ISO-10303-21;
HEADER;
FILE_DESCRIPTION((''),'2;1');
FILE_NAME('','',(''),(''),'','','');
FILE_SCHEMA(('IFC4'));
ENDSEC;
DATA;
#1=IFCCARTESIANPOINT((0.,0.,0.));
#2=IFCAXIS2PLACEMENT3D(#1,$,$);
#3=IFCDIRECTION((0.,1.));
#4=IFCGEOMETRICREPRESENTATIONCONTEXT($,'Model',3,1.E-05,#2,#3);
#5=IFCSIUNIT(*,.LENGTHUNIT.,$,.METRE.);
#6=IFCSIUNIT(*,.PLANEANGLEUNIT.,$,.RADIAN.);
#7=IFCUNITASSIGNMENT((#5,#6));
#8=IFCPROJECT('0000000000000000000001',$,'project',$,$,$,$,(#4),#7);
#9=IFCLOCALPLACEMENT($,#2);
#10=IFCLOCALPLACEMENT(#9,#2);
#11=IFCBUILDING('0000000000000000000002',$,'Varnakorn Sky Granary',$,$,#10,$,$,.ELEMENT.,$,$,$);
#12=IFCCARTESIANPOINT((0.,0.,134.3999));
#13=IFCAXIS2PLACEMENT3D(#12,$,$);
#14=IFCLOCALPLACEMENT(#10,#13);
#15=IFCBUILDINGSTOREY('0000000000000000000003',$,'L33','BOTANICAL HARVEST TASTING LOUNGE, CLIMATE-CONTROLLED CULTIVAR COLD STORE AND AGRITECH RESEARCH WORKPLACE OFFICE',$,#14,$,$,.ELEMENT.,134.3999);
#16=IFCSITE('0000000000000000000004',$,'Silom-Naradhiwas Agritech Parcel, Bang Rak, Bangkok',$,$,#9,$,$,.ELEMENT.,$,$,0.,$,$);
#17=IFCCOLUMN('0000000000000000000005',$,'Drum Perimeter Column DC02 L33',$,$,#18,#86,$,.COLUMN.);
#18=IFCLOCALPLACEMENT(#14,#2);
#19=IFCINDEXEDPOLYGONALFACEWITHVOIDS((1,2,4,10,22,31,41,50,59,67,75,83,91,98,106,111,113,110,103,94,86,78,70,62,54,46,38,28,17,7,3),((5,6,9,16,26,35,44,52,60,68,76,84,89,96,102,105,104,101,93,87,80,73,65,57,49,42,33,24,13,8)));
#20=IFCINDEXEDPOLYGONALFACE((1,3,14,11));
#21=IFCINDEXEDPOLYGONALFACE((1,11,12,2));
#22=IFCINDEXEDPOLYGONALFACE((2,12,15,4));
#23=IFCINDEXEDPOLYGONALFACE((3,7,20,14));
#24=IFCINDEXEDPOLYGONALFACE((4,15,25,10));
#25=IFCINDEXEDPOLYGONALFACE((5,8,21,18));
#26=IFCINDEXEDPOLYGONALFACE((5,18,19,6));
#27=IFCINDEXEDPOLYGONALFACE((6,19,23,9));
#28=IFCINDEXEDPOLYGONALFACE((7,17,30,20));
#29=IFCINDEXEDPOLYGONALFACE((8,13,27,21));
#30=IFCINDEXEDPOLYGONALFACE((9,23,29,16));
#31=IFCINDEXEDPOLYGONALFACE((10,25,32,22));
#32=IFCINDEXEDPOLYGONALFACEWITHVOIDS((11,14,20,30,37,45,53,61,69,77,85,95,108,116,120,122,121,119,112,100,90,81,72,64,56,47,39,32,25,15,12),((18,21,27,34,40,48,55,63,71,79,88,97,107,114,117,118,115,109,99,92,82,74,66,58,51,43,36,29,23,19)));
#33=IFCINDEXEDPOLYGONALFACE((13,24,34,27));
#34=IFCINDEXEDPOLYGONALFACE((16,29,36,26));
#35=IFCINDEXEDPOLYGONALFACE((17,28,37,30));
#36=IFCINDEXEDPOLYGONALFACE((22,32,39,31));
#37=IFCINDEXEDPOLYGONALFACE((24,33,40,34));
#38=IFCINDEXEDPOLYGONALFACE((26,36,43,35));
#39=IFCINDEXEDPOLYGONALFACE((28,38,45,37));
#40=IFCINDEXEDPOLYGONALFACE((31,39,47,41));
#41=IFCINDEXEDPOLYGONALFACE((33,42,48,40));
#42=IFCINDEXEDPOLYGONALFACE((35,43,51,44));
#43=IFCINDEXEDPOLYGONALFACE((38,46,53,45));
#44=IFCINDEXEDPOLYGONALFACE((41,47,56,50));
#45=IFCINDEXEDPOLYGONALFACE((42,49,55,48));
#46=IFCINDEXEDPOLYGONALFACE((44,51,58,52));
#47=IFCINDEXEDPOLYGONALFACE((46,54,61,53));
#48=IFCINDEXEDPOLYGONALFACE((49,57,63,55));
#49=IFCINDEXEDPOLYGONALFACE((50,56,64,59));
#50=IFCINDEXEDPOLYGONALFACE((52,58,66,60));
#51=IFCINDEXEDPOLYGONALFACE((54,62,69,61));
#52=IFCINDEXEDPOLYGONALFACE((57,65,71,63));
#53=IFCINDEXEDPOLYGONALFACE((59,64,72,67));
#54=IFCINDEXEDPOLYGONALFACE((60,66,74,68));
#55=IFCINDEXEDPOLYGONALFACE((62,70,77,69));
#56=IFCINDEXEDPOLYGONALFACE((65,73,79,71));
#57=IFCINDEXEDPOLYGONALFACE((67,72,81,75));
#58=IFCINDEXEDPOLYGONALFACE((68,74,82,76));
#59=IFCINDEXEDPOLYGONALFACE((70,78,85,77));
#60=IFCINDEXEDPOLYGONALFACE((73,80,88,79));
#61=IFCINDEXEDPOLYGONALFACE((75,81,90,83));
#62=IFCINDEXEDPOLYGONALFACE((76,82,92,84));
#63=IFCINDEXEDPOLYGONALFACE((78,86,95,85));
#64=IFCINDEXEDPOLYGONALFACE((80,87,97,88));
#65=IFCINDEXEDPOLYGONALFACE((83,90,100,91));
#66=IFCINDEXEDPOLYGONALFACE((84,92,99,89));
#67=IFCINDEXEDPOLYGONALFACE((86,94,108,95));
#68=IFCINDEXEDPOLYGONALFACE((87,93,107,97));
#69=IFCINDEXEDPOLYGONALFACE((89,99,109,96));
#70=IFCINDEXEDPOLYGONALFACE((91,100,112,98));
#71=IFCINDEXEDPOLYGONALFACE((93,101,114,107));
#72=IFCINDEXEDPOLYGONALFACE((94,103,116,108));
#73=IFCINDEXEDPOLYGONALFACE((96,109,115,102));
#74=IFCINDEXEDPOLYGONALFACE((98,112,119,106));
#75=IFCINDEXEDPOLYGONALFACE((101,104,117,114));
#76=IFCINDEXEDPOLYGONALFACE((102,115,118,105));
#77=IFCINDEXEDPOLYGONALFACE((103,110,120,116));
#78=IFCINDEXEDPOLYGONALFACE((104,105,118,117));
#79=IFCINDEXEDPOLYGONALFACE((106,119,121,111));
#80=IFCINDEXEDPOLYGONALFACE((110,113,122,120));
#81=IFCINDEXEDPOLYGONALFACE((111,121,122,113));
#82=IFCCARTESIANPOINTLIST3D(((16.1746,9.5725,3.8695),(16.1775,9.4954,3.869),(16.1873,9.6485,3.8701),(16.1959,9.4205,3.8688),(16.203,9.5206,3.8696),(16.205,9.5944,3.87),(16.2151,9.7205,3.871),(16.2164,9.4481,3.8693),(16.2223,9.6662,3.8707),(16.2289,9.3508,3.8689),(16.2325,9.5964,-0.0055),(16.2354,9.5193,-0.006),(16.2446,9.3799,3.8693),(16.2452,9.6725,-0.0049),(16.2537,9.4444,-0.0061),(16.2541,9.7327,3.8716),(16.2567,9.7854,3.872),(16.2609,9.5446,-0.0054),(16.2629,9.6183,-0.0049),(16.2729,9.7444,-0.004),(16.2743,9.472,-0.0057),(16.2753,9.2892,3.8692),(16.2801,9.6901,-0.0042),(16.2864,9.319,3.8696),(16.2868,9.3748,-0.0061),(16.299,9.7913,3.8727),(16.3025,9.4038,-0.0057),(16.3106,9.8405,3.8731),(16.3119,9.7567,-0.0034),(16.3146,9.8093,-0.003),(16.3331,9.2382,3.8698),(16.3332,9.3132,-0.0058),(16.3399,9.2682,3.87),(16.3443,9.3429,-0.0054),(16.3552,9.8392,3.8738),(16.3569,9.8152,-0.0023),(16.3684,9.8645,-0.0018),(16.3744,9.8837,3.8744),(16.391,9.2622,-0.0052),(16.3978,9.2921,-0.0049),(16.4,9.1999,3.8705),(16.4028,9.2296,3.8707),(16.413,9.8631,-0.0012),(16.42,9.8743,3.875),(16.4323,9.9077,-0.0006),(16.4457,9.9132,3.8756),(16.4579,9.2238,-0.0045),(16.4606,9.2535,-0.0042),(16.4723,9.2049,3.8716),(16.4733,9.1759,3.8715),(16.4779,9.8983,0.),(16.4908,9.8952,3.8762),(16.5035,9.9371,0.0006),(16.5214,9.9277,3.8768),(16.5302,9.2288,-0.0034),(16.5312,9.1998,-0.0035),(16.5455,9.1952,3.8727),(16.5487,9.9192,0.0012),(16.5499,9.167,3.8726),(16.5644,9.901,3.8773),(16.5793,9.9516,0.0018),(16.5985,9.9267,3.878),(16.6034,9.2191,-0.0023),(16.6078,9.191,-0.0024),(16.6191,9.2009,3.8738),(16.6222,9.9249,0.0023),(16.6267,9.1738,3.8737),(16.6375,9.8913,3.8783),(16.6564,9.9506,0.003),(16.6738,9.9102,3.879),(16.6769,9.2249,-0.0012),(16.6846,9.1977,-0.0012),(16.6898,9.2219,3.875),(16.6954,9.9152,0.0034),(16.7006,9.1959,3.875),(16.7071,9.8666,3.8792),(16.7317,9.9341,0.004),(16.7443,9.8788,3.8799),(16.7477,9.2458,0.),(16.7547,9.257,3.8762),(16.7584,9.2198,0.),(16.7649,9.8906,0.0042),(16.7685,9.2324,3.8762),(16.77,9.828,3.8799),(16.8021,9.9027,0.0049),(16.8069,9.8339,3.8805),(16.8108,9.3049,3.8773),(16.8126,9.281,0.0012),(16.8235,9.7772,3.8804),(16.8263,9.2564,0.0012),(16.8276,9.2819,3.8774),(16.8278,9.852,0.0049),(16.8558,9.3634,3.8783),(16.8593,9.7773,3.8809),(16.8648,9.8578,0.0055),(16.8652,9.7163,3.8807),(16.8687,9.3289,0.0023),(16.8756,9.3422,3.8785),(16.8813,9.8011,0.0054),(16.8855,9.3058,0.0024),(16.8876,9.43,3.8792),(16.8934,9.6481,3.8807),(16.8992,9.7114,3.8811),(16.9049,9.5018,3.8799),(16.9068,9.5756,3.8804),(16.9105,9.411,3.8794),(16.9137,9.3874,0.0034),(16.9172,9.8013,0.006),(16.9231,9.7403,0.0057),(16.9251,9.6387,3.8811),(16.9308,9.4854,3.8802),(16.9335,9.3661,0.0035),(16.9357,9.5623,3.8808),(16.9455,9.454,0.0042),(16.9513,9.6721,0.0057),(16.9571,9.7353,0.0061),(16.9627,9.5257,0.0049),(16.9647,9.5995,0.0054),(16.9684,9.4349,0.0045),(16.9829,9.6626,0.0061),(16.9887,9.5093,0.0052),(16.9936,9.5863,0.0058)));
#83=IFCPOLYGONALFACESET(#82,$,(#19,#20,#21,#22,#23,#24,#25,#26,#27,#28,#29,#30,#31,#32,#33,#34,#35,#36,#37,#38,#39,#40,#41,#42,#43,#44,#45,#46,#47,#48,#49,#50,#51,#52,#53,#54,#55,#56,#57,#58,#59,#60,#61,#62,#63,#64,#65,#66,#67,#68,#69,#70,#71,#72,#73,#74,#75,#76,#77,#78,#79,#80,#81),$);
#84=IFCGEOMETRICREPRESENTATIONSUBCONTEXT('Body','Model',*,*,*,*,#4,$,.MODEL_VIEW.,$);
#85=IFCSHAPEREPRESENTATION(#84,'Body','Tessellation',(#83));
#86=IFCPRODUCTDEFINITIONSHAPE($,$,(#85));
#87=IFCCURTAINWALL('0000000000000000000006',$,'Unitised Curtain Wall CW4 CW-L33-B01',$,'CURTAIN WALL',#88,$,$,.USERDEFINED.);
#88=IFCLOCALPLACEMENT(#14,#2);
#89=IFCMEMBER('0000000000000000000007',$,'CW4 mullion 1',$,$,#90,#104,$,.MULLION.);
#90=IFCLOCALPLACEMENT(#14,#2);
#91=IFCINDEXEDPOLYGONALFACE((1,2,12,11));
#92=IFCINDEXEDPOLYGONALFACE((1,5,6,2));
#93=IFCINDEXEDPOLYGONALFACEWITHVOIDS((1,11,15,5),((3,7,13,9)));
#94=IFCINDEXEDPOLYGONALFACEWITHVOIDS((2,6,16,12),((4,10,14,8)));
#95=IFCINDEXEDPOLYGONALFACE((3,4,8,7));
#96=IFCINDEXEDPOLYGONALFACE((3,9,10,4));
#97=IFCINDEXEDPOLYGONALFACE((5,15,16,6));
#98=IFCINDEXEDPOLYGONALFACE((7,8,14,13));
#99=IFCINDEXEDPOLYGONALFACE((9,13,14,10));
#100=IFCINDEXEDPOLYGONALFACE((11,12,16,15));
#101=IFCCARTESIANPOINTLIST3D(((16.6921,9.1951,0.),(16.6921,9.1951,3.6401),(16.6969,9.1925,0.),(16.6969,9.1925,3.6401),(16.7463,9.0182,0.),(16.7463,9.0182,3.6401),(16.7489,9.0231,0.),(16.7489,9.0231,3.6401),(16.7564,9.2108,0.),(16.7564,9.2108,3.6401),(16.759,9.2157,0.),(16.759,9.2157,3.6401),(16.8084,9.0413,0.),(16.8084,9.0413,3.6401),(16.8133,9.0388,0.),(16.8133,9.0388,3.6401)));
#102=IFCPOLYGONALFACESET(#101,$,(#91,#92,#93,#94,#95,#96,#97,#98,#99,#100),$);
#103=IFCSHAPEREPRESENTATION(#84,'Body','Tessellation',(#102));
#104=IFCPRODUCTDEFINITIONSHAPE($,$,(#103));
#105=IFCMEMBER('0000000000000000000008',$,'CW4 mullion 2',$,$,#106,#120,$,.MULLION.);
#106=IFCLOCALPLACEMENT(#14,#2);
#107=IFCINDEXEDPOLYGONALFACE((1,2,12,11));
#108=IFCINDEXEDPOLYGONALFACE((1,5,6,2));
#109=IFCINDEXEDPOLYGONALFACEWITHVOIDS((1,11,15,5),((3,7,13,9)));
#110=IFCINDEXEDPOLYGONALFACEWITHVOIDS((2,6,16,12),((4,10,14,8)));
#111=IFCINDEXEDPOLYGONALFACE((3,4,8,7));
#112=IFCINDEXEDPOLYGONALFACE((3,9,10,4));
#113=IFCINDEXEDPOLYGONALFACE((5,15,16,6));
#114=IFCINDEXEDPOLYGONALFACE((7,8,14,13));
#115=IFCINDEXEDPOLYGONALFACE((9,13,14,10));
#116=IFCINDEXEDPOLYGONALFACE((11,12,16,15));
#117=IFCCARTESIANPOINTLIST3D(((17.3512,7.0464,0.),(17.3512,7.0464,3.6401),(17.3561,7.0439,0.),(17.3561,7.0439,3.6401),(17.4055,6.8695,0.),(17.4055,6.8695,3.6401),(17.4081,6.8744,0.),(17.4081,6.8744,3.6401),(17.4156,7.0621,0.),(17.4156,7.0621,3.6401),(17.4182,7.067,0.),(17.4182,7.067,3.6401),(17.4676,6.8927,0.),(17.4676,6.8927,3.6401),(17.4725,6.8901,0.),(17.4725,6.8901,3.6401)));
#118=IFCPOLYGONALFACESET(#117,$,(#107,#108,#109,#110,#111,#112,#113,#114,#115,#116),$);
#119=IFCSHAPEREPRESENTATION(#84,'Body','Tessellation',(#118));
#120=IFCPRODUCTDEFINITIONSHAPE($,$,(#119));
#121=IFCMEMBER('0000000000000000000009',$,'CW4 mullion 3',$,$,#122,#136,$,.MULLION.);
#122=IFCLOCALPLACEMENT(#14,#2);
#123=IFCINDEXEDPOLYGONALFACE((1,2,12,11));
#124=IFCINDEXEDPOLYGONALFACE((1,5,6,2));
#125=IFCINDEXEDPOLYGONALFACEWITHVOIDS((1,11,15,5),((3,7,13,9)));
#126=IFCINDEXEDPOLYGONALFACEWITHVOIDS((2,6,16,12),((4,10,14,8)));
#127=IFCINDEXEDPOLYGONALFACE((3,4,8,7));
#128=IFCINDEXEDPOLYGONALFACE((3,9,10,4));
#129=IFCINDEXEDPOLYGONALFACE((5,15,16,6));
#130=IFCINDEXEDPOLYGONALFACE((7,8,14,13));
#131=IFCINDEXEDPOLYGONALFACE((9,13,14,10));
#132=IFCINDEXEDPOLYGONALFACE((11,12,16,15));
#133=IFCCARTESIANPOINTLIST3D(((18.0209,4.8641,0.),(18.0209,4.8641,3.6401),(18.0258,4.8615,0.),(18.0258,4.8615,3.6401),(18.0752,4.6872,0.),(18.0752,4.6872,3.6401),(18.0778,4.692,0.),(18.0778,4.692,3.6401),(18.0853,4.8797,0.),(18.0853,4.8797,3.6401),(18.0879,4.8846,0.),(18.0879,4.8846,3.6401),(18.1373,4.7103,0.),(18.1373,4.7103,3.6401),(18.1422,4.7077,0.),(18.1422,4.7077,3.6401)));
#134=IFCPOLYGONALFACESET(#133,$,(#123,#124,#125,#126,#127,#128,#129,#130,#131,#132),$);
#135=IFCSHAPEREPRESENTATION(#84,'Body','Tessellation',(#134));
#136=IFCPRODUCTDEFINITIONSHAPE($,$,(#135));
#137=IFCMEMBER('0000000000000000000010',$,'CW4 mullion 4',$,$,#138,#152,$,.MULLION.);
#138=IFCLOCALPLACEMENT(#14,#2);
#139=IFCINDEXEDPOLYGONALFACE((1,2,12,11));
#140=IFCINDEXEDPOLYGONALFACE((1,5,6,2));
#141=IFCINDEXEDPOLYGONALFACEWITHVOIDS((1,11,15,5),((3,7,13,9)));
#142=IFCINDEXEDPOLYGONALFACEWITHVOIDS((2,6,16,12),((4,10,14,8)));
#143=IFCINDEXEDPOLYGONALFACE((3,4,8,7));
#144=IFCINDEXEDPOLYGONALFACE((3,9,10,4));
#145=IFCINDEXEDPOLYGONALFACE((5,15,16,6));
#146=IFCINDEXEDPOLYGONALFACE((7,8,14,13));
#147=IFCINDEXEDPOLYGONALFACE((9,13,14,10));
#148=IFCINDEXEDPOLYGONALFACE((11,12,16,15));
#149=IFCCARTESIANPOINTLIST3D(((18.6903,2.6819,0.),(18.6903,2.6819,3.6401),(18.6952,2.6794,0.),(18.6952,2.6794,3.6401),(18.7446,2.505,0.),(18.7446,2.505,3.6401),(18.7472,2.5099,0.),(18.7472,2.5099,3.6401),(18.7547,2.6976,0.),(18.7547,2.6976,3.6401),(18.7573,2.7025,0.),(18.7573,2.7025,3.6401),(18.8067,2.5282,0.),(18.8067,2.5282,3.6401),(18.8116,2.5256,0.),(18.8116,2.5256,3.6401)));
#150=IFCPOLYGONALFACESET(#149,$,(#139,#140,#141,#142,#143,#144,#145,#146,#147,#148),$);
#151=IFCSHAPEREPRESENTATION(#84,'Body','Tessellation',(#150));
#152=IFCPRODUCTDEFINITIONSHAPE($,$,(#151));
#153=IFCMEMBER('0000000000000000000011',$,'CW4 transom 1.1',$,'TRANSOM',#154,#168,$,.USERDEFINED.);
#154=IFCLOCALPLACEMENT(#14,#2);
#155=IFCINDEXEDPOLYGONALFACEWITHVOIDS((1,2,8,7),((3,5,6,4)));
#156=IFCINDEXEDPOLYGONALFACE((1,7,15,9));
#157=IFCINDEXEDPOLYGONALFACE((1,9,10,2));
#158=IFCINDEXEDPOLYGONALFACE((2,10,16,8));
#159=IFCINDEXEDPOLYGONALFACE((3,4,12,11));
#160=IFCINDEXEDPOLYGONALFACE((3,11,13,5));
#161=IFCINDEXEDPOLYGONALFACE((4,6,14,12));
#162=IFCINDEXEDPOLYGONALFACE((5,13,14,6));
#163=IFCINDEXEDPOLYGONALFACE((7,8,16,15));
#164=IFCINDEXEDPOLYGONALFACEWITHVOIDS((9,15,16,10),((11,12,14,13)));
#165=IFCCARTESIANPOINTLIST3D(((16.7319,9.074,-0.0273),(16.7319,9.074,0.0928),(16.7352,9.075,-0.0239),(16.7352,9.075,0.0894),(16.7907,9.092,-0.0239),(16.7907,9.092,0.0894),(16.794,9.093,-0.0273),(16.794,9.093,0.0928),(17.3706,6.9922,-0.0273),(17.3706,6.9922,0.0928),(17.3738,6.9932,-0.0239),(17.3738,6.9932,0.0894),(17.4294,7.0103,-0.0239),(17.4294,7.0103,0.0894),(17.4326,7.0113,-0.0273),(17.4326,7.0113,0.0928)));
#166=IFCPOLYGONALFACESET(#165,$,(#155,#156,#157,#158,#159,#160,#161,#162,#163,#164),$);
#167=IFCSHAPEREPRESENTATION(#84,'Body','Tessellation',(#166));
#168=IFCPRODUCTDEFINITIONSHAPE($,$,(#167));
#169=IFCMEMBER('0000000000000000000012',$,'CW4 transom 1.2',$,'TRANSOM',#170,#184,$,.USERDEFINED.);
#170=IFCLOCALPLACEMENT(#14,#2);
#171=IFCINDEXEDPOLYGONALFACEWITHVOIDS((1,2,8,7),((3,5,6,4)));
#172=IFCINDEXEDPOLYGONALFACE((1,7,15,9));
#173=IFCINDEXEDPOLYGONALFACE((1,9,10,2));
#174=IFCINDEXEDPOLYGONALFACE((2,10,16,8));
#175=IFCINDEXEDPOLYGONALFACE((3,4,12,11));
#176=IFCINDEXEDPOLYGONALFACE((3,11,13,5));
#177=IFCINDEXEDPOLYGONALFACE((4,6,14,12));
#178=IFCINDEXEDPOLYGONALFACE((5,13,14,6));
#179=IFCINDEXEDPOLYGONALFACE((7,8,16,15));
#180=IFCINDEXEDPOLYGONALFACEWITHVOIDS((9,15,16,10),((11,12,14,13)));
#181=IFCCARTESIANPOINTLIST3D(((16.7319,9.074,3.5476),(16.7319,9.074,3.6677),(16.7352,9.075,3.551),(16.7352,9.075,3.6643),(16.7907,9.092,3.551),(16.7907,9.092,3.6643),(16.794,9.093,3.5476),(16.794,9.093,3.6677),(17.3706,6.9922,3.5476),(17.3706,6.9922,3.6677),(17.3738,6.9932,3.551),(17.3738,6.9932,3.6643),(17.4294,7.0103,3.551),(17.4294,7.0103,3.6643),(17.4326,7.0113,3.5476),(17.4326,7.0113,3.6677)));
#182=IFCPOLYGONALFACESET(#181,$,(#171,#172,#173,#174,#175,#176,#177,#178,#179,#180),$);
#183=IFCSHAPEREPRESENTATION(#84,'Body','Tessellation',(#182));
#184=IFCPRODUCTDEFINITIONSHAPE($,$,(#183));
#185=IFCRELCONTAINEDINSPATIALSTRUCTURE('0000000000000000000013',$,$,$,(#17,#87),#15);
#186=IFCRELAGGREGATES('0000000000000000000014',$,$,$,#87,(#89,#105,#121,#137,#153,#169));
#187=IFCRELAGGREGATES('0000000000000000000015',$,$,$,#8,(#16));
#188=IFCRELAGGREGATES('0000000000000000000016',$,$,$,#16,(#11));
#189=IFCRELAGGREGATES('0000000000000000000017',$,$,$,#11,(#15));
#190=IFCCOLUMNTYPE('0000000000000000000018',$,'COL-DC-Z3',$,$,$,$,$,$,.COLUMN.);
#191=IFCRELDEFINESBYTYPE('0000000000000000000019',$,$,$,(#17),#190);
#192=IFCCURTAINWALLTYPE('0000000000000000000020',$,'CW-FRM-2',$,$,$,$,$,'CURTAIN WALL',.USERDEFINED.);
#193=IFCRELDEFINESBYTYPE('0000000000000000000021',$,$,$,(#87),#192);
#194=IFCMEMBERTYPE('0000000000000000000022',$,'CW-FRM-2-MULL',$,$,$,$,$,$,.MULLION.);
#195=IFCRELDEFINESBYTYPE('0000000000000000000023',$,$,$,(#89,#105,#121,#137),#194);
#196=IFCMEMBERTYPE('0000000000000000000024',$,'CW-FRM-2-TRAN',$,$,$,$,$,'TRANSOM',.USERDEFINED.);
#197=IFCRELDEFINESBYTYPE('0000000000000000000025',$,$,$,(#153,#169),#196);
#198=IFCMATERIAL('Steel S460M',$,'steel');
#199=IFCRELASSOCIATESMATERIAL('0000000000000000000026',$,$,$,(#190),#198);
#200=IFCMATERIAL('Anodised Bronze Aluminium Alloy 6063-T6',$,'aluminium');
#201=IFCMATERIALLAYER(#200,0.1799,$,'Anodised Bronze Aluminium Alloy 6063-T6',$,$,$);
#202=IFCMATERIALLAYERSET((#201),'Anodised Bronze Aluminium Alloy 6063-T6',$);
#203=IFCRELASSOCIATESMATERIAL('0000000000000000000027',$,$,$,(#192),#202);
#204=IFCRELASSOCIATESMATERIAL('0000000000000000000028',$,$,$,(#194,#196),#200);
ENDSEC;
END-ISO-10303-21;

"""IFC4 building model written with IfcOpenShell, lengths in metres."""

from ifc_helpers import new_model, si_unit, direction, frame, origin, origin_2d, place, context, subcontext, project, spatial, hollow_rectangle, hollow_circle, extrude, material, layer, layer_set, material_profile, profile_set, type_object, element, aggregate, save


model = new_model("IFC4")

# Units and contexts
model_context = context("Model", 3, precision=1e-05, world=origin(), true_north=direction((0.0, 1.0)))
body_context = subcontext(model_context, "Body", "Model", "MODEL_VIEW")
ifc_project = project(units=[si_unit("LENGTHUNIT", "METRE"), si_unit("PLANEANGLEUNIT", "RADIAN")], contexts=[model_context])

# Site, building, storey
site_placement = place(None, origin())
site = spatial("IfcSite", under=ifc_project, at=site_placement, Name="Silom-Naradhiwas Agritech Parcel, Bang Rak, Bangkok", CompositionType="ELEMENT", RefElevation=0.0)
building_placement = place(site_placement, origin())
building = spatial("IfcBuilding", under=site, at=building_placement, Name="Varnakorn Sky Granary", CompositionType="ELEMENT")
storey_placement = place(building_placement, frame((0.0, 0.0, 134.3999)))
storey = spatial("IfcBuildingStorey", under=building, at=storey_placement, Name="L33", Description="BOTANICAL HARVEST TASTING LOUNGE, CLIMATE-CONTROLLED CULTIVAR COLD STORE AND AGRITECH RESEARCH WORKPLACE OFFICE", CompositionType="ELEMENT", Elevation=134.3999)

# Column
ifc_material_1 = material(Name="Steel S460M", Category="steel")
ifc_material_profile_1 = material_profile(ifc_material_1, hollow_circle(Radius=0.3811, WallThickness=0.0281, at=origin_2d()), Name="CHS 762x28")
ifc_profile_set_1 = profile_set([ifc_material_profile_1], Name="Steel S460M")
column_type = type_object("IfcColumnType", Name="COL-DC-Z3", PredefinedType="COLUMN", material=ifc_profile_set_1)
column_placement = place(storey_placement, frame((16.6128, 9.572, 0.0), z_axis=(-0.01493, -0.006174, 0.999869), x_axis=(0.382122, -0.924112, 0.0)))
element("IfcColumn", 1, at=column_placement, inside=storey, type_object=column_type, Name="Drum Perimeter Column DC02 L33", PredefinedType="COLUMN", context=body_context, shape_type="SweptSolid", body=[
    extrude(hollow_circle(Radius=0.3811, WallThickness=0.0281, at=origin_2d()), origin(), (0.0, 0.0, 1.0), 3.8755),
])

# Curtain wall, members
ifc_material_2 = material(Name="Anodised Bronze Aluminium Alloy 6063-T6", Category="aluminium")
ifc_layer_1 = layer(ifc_material_2, 0.1799, Name="Anodised Bronze Aluminium Alloy 6063-T6")
ifc_layer_set_1 = layer_set([ifc_layer_1], Name="Anodised Bronze Aluminium Alloy 6063-T6")
curtain_wall_type = type_object("IfcCurtainWallType", Name="CW-FRM-2", ElementType="CURTAIN WALL", PredefinedType="USERDEFINED", material=ifc_layer_set_1)
curtain_wall_placement = place(storey_placement, origin())
curtain_wall = element("IfcCurtainWall", 2, at=curtain_wall_placement, inside=storey, type_object=curtain_wall_type, Name="Unitised Curtain Wall CW4 CW-L33-B01", ObjectType="CURTAIN WALL", PredefinedType="USERDEFINED")
ifc_material_profile_2 = material_profile(ifc_material_2, hollow_rectangle(XDim=0.0701, YDim=0.1851, WallThickness=0.0039, at=origin_2d()), Name="ALU MULL 70x185")
ifc_profile_set_2 = profile_set([ifc_material_profile_2], Name="Anodised Bronze Aluminium Alloy 6063-T6")
member_type_1 = type_object("IfcMemberType", Name="CW-FRM-2-MULL", PredefinedType="MULLION", material=ifc_profile_set_2)
member_1_placement = place(storey_placement, frame((16.7527, 9.1169, 0.0), z_axis=(0.0, 0.0, 1.0), x_axis=(0.956009, 0.293337, 0.0)))
member_1 = element("IfcMember", 3, at=member_1_placement, type_object=member_type_1, Name="CW4 mullion 1", PredefinedType="MULLION", context=body_context, shape_type="SweptSolid", body=[
    extrude(hollow_rectangle(XDim=0.0701, YDim=0.1851, WallThickness=0.0039, at=origin_2d()), origin(), (0.0, 0.0, 1.0), 3.6401),
])
member_2_placement = place(storey_placement, frame((17.4119, 6.9683, 0.0), z_axis=(0.0, 0.0, 1.0), x_axis=(0.956009, 0.293337, 0.0)))
member_2 = element("IfcMember", 4, at=member_2_placement, type_object=member_type_1, Name="CW4 mullion 2", PredefinedType="MULLION", context=body_context, shape_type="SweptSolid", body=[
    extrude(hollow_rectangle(XDim=0.0701, YDim=0.1851, WallThickness=0.0039, at=origin_2d()), origin(), (0.0, 0.0, 1.0), 3.6401),
])
member_3_placement = place(storey_placement, frame((18.0815, 4.7859, 0.0), z_axis=(0.0, 0.0, 1.0), x_axis=(0.956009, 0.293337, 0.0)))
member_3 = element("IfcMember", 5, at=member_3_placement, type_object=member_type_1, Name="CW4 mullion 3", PredefinedType="MULLION", context=body_context, shape_type="SweptSolid", body=[
    extrude(hollow_rectangle(XDim=0.0701, YDim=0.1851, WallThickness=0.0039, at=origin_2d()), origin(), (0.0, 0.0, 1.0), 3.6401),
])
member_4_placement = place(storey_placement, frame((18.751, 2.6038, 0.0), z_axis=(0.0, 0.0, 1.0), x_axis=(0.956009, 0.293337, 0.0)))
member_4 = element("IfcMember", 6, at=member_4_placement, type_object=member_type_1, Name="CW4 mullion 4", PredefinedType="MULLION", context=body_context, shape_type="SweptSolid", body=[
    extrude(hollow_rectangle(XDim=0.0701, YDim=0.1851, WallThickness=0.0039, at=origin_2d()), origin(), (0.0, 0.0, 1.0), 3.6401),
])
ifc_material_profile_3 = material_profile(ifc_material_2, hollow_rectangle(XDim=0.0649, YDim=0.1201, WallThickness=0.0034, at=origin_2d()), Name="ALU TRAN 65x120")
ifc_profile_set_3 = profile_set([ifc_material_profile_3], Name="Anodised Bronze Aluminium Alloy 6063-T6")
member_type_2 = type_object("IfcMemberType", Name="CW-FRM-2-TRAN", ElementType="TRANSOM", PredefinedType="USERDEFINED", material=ifc_profile_set_3)
member_5_placement = place(storey_placement, frame((16.7629, 9.0835, 0.0327), z_axis=(0.293298, -0.956021, 0.0), x_axis=(0.956021, 0.293298, 0.0)))
member_5 = element("IfcMember", 7, at=member_5_placement, type_object=member_type_2, Name="CW4 transom 1.1", ObjectType="TRANSOM", PredefinedType="USERDEFINED", context=body_context, shape_type="SweptSolid", body=[
    extrude(hollow_rectangle(XDim=0.0649, YDim=0.1201, WallThickness=0.0034, at=origin_2d()), origin(), (0.0, 0.0, 1.0), 2.1775),
])
member_6_placement = place(storey_placement, frame((16.7629, 9.0835, 3.6077), z_axis=(0.293298, -0.956021, 0.0), x_axis=(0.956021, 0.293298, 0.0)))
member_6 = element("IfcMember", 8, at=member_6_placement, type_object=member_type_2, Name="CW4 transom 1.2", ObjectType="TRANSOM", PredefinedType="USERDEFINED", context=body_context, shape_type="SweptSolid", body=[
    extrude(hollow_rectangle(XDim=0.0649, YDim=0.1201, WallThickness=0.0034, at=origin_2d()), origin(), (0.0, 0.0, 1.0), 2.1775),
])
aggregate(curtain_wall, [member_1, member_2, member_3, member_4, member_5, member_6])

save(model, "model.ifc")
